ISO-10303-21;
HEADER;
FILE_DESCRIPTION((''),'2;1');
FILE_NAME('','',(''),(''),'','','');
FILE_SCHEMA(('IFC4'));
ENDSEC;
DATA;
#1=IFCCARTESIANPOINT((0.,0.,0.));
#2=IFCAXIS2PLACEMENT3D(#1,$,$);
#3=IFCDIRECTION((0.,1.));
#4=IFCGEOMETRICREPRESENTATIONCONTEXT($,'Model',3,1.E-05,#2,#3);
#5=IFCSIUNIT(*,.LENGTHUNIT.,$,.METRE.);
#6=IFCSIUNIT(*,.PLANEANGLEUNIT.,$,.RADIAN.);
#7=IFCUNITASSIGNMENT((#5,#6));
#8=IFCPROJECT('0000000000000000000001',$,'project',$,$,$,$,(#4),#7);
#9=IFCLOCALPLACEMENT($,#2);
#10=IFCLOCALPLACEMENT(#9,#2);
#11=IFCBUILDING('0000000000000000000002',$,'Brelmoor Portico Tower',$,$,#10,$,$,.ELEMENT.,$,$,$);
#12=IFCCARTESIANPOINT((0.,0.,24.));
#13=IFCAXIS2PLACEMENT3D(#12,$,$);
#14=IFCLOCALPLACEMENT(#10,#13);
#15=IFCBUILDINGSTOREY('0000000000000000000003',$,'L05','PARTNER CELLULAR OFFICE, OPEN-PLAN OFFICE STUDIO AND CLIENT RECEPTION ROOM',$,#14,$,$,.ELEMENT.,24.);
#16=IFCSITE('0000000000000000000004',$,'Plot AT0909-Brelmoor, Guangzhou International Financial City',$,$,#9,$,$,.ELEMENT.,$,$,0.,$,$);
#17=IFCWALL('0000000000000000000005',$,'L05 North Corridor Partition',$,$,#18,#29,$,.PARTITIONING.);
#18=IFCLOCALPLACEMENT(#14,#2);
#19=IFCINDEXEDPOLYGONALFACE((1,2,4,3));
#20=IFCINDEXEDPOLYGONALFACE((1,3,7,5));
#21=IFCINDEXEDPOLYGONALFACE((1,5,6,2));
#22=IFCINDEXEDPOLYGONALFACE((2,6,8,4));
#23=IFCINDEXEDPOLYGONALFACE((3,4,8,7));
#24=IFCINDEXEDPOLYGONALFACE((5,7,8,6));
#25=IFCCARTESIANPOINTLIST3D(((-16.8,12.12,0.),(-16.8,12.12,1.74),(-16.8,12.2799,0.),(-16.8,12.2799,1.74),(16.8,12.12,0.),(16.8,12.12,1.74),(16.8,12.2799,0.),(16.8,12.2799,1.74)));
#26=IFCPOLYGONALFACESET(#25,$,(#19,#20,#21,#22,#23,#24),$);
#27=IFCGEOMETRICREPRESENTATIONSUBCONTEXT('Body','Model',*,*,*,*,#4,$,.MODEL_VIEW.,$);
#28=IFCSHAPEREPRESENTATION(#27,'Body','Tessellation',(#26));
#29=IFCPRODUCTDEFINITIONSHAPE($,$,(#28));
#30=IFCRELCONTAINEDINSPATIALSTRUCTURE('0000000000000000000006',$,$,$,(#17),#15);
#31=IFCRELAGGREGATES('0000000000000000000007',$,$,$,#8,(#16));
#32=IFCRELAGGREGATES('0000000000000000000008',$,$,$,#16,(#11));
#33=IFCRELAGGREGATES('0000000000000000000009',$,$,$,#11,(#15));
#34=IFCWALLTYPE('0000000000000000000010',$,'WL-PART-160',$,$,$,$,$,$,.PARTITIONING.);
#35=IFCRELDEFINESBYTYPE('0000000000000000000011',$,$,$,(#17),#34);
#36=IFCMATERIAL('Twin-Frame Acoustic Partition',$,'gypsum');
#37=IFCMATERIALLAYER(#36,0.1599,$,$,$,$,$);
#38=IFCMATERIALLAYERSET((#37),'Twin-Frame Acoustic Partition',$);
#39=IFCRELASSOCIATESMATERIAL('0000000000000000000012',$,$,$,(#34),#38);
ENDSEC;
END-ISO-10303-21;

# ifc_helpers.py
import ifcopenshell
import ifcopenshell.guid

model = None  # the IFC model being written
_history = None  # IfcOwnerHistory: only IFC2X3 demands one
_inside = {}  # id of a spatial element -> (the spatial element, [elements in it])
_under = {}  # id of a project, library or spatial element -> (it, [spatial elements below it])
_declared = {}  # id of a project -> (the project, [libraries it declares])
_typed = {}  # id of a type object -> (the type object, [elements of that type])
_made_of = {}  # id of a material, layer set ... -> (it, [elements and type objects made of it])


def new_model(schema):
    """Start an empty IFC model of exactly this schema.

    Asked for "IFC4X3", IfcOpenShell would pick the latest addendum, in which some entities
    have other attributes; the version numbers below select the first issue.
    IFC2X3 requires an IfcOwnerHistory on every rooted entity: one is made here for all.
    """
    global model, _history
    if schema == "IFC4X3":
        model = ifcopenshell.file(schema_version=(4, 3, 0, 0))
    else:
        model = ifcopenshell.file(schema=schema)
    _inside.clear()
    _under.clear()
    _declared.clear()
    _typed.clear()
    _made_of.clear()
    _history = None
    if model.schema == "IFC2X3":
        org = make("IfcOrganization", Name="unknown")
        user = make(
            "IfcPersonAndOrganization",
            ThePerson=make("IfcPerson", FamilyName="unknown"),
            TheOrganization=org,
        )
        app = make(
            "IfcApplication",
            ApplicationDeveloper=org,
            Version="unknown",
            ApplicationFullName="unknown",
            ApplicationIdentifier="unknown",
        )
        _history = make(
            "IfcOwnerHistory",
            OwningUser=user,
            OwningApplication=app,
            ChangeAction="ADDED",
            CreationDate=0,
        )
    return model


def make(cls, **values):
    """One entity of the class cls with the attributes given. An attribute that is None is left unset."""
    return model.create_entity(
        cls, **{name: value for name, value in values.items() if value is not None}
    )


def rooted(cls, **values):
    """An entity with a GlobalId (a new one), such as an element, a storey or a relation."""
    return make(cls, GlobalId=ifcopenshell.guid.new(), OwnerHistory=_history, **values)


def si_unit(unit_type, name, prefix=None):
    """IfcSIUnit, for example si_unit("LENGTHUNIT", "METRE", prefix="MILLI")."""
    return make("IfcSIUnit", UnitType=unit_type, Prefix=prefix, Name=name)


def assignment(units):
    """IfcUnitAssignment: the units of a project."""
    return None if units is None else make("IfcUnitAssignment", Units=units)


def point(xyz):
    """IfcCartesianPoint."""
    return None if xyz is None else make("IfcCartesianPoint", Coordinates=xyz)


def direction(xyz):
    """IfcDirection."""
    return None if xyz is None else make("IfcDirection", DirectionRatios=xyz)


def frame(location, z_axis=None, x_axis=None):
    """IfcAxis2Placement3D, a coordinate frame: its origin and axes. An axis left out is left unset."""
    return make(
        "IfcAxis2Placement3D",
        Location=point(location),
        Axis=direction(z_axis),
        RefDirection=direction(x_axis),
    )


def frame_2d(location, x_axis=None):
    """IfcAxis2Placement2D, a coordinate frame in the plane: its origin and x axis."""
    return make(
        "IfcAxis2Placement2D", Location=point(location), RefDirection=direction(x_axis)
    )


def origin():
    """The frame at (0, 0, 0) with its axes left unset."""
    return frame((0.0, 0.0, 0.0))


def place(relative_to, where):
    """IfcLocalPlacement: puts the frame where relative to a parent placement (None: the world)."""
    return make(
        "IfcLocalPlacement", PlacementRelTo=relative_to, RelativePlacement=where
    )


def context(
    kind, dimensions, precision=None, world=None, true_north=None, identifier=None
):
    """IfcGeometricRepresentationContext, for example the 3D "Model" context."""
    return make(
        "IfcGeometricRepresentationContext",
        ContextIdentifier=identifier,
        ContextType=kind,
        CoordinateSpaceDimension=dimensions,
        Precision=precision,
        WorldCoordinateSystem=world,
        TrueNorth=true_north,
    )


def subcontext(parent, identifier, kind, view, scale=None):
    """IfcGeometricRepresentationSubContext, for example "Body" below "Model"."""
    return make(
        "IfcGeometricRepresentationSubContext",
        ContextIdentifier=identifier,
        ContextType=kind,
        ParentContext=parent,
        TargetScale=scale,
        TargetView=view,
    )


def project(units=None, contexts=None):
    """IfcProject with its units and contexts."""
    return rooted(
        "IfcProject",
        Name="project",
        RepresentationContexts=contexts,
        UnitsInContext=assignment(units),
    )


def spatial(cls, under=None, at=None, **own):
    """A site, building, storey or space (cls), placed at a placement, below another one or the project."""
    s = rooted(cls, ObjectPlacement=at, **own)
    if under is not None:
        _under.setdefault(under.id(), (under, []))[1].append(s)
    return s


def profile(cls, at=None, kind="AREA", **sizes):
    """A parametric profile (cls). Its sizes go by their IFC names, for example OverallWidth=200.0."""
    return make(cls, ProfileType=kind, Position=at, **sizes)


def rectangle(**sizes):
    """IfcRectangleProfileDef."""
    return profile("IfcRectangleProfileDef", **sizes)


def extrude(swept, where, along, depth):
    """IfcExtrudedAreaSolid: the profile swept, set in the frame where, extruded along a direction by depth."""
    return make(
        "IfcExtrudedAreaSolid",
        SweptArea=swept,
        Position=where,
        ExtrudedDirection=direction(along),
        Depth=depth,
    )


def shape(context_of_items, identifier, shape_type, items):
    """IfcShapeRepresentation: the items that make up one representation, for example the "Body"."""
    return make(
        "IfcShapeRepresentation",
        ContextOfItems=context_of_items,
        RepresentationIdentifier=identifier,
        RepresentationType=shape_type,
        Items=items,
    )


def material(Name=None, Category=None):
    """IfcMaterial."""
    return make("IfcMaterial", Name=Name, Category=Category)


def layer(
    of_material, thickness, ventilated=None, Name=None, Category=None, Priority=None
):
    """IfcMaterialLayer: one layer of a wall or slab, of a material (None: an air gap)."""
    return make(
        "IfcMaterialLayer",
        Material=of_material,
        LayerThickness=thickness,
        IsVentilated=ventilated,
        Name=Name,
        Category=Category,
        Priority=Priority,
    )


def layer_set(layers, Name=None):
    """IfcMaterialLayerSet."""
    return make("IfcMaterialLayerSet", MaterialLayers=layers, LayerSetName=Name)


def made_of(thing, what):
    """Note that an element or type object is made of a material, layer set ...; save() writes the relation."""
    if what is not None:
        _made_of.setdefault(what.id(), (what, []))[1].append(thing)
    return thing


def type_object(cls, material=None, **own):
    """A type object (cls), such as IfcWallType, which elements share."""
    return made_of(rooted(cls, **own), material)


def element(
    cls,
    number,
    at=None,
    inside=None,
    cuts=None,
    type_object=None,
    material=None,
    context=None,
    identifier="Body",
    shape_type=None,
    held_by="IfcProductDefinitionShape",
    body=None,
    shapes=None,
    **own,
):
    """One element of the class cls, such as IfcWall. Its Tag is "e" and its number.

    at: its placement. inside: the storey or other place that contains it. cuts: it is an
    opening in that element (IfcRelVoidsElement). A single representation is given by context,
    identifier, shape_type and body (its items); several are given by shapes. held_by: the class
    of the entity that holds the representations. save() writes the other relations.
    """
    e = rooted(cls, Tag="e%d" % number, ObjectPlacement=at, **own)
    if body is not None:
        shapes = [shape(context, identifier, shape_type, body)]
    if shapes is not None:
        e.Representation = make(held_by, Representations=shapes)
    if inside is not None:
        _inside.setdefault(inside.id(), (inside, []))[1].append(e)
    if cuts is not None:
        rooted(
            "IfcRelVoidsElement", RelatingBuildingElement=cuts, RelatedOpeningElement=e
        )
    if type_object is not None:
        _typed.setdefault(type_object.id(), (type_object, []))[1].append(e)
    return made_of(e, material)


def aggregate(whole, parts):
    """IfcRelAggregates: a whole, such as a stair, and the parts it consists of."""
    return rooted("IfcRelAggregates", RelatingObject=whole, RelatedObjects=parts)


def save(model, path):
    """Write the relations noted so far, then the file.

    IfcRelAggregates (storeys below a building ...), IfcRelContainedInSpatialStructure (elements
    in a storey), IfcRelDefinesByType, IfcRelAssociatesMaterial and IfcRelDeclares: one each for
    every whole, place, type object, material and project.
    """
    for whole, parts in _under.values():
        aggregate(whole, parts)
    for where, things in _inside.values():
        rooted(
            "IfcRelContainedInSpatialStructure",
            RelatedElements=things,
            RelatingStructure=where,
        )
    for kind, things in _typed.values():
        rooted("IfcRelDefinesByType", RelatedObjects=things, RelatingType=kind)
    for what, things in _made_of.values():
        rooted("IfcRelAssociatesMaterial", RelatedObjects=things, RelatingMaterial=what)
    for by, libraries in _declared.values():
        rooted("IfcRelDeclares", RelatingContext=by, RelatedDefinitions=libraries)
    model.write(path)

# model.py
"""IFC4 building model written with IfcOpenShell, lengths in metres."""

from ifc_helpers import new_model, si_unit, direction, frame, frame_2d, origin, place, context, subcontext, project, spatial, rectangle, extrude, material, layer, layer_set, type_object, element, save


model = new_model("IFC4")

# Units and contexts
model_context = context("Model", 3, precision=1e-05, world=origin(), true_north=direction((0.0, 1.0)))
body_context = subcontext(model_context, "Body", "Model", "MODEL_VIEW")
ifc_project = project(units=[si_unit("LENGTHUNIT", "METRE"), si_unit("PLANEANGLEUNIT", "RADIAN")], contexts=[model_context])

# Site, building, storey
site_placement = place(None, origin())
site = spatial("IfcSite", under=ifc_project, at=site_placement, Name="Plot AT0909-Brelmoor, Guangzhou International Financial City", CompositionType="ELEMENT", RefElevation=0.0)
building_placement = place(site_placement, origin())
building = spatial("IfcBuilding", under=site, at=building_placement, Name="Brelmoor Portico Tower", CompositionType="ELEMENT")
storey_placement = place(building_placement, frame((0.0, 0.0, 24.0)))
storey = spatial("IfcBuildingStorey", under=building, at=storey_placement, Name="L05", Description="PARTNER CELLULAR OFFICE, OPEN-PLAN OFFICE STUDIO AND CLIENT RECEPTION ROOM", CompositionType="ELEMENT", Elevation=24.0)

# Wall
ifc_material_1 = material(Name="Twin-Frame Acoustic Partition", Category="gypsum")
ifc_layer_1 = layer(ifc_material_1, 0.1599)
ifc_layer_set_1 = layer_set([ifc_layer_1], Name="Twin-Frame Acoustic Partition")
wall_type_1 = type_object("IfcWallType", Name="WL-PART-160", PredefinedType="PARTITIONING", material=ifc_layer_set_1)
wall_1_placement = place(storey_placement, frame((-16.8, 12.2, 0.0), z_axis=(0.0, 0.0, 1.0), x_axis=(1.0, 0.0, 0.0)))
element("IfcWall", 1, at=wall_1_placement, inside=storey, type_object=wall_type_1, Name="L05 North Corridor Partition", PredefinedType="PARTITIONING", context=body_context, shape_type="SweptSolid", body=[
    extrude(rectangle(XDim=33.6001, YDim=0.1599, at=frame_2d((16.8, 0.0))), origin(), (0.0, 0.0, 1.0), 1.74),
])

save(model, "model.ifc")
